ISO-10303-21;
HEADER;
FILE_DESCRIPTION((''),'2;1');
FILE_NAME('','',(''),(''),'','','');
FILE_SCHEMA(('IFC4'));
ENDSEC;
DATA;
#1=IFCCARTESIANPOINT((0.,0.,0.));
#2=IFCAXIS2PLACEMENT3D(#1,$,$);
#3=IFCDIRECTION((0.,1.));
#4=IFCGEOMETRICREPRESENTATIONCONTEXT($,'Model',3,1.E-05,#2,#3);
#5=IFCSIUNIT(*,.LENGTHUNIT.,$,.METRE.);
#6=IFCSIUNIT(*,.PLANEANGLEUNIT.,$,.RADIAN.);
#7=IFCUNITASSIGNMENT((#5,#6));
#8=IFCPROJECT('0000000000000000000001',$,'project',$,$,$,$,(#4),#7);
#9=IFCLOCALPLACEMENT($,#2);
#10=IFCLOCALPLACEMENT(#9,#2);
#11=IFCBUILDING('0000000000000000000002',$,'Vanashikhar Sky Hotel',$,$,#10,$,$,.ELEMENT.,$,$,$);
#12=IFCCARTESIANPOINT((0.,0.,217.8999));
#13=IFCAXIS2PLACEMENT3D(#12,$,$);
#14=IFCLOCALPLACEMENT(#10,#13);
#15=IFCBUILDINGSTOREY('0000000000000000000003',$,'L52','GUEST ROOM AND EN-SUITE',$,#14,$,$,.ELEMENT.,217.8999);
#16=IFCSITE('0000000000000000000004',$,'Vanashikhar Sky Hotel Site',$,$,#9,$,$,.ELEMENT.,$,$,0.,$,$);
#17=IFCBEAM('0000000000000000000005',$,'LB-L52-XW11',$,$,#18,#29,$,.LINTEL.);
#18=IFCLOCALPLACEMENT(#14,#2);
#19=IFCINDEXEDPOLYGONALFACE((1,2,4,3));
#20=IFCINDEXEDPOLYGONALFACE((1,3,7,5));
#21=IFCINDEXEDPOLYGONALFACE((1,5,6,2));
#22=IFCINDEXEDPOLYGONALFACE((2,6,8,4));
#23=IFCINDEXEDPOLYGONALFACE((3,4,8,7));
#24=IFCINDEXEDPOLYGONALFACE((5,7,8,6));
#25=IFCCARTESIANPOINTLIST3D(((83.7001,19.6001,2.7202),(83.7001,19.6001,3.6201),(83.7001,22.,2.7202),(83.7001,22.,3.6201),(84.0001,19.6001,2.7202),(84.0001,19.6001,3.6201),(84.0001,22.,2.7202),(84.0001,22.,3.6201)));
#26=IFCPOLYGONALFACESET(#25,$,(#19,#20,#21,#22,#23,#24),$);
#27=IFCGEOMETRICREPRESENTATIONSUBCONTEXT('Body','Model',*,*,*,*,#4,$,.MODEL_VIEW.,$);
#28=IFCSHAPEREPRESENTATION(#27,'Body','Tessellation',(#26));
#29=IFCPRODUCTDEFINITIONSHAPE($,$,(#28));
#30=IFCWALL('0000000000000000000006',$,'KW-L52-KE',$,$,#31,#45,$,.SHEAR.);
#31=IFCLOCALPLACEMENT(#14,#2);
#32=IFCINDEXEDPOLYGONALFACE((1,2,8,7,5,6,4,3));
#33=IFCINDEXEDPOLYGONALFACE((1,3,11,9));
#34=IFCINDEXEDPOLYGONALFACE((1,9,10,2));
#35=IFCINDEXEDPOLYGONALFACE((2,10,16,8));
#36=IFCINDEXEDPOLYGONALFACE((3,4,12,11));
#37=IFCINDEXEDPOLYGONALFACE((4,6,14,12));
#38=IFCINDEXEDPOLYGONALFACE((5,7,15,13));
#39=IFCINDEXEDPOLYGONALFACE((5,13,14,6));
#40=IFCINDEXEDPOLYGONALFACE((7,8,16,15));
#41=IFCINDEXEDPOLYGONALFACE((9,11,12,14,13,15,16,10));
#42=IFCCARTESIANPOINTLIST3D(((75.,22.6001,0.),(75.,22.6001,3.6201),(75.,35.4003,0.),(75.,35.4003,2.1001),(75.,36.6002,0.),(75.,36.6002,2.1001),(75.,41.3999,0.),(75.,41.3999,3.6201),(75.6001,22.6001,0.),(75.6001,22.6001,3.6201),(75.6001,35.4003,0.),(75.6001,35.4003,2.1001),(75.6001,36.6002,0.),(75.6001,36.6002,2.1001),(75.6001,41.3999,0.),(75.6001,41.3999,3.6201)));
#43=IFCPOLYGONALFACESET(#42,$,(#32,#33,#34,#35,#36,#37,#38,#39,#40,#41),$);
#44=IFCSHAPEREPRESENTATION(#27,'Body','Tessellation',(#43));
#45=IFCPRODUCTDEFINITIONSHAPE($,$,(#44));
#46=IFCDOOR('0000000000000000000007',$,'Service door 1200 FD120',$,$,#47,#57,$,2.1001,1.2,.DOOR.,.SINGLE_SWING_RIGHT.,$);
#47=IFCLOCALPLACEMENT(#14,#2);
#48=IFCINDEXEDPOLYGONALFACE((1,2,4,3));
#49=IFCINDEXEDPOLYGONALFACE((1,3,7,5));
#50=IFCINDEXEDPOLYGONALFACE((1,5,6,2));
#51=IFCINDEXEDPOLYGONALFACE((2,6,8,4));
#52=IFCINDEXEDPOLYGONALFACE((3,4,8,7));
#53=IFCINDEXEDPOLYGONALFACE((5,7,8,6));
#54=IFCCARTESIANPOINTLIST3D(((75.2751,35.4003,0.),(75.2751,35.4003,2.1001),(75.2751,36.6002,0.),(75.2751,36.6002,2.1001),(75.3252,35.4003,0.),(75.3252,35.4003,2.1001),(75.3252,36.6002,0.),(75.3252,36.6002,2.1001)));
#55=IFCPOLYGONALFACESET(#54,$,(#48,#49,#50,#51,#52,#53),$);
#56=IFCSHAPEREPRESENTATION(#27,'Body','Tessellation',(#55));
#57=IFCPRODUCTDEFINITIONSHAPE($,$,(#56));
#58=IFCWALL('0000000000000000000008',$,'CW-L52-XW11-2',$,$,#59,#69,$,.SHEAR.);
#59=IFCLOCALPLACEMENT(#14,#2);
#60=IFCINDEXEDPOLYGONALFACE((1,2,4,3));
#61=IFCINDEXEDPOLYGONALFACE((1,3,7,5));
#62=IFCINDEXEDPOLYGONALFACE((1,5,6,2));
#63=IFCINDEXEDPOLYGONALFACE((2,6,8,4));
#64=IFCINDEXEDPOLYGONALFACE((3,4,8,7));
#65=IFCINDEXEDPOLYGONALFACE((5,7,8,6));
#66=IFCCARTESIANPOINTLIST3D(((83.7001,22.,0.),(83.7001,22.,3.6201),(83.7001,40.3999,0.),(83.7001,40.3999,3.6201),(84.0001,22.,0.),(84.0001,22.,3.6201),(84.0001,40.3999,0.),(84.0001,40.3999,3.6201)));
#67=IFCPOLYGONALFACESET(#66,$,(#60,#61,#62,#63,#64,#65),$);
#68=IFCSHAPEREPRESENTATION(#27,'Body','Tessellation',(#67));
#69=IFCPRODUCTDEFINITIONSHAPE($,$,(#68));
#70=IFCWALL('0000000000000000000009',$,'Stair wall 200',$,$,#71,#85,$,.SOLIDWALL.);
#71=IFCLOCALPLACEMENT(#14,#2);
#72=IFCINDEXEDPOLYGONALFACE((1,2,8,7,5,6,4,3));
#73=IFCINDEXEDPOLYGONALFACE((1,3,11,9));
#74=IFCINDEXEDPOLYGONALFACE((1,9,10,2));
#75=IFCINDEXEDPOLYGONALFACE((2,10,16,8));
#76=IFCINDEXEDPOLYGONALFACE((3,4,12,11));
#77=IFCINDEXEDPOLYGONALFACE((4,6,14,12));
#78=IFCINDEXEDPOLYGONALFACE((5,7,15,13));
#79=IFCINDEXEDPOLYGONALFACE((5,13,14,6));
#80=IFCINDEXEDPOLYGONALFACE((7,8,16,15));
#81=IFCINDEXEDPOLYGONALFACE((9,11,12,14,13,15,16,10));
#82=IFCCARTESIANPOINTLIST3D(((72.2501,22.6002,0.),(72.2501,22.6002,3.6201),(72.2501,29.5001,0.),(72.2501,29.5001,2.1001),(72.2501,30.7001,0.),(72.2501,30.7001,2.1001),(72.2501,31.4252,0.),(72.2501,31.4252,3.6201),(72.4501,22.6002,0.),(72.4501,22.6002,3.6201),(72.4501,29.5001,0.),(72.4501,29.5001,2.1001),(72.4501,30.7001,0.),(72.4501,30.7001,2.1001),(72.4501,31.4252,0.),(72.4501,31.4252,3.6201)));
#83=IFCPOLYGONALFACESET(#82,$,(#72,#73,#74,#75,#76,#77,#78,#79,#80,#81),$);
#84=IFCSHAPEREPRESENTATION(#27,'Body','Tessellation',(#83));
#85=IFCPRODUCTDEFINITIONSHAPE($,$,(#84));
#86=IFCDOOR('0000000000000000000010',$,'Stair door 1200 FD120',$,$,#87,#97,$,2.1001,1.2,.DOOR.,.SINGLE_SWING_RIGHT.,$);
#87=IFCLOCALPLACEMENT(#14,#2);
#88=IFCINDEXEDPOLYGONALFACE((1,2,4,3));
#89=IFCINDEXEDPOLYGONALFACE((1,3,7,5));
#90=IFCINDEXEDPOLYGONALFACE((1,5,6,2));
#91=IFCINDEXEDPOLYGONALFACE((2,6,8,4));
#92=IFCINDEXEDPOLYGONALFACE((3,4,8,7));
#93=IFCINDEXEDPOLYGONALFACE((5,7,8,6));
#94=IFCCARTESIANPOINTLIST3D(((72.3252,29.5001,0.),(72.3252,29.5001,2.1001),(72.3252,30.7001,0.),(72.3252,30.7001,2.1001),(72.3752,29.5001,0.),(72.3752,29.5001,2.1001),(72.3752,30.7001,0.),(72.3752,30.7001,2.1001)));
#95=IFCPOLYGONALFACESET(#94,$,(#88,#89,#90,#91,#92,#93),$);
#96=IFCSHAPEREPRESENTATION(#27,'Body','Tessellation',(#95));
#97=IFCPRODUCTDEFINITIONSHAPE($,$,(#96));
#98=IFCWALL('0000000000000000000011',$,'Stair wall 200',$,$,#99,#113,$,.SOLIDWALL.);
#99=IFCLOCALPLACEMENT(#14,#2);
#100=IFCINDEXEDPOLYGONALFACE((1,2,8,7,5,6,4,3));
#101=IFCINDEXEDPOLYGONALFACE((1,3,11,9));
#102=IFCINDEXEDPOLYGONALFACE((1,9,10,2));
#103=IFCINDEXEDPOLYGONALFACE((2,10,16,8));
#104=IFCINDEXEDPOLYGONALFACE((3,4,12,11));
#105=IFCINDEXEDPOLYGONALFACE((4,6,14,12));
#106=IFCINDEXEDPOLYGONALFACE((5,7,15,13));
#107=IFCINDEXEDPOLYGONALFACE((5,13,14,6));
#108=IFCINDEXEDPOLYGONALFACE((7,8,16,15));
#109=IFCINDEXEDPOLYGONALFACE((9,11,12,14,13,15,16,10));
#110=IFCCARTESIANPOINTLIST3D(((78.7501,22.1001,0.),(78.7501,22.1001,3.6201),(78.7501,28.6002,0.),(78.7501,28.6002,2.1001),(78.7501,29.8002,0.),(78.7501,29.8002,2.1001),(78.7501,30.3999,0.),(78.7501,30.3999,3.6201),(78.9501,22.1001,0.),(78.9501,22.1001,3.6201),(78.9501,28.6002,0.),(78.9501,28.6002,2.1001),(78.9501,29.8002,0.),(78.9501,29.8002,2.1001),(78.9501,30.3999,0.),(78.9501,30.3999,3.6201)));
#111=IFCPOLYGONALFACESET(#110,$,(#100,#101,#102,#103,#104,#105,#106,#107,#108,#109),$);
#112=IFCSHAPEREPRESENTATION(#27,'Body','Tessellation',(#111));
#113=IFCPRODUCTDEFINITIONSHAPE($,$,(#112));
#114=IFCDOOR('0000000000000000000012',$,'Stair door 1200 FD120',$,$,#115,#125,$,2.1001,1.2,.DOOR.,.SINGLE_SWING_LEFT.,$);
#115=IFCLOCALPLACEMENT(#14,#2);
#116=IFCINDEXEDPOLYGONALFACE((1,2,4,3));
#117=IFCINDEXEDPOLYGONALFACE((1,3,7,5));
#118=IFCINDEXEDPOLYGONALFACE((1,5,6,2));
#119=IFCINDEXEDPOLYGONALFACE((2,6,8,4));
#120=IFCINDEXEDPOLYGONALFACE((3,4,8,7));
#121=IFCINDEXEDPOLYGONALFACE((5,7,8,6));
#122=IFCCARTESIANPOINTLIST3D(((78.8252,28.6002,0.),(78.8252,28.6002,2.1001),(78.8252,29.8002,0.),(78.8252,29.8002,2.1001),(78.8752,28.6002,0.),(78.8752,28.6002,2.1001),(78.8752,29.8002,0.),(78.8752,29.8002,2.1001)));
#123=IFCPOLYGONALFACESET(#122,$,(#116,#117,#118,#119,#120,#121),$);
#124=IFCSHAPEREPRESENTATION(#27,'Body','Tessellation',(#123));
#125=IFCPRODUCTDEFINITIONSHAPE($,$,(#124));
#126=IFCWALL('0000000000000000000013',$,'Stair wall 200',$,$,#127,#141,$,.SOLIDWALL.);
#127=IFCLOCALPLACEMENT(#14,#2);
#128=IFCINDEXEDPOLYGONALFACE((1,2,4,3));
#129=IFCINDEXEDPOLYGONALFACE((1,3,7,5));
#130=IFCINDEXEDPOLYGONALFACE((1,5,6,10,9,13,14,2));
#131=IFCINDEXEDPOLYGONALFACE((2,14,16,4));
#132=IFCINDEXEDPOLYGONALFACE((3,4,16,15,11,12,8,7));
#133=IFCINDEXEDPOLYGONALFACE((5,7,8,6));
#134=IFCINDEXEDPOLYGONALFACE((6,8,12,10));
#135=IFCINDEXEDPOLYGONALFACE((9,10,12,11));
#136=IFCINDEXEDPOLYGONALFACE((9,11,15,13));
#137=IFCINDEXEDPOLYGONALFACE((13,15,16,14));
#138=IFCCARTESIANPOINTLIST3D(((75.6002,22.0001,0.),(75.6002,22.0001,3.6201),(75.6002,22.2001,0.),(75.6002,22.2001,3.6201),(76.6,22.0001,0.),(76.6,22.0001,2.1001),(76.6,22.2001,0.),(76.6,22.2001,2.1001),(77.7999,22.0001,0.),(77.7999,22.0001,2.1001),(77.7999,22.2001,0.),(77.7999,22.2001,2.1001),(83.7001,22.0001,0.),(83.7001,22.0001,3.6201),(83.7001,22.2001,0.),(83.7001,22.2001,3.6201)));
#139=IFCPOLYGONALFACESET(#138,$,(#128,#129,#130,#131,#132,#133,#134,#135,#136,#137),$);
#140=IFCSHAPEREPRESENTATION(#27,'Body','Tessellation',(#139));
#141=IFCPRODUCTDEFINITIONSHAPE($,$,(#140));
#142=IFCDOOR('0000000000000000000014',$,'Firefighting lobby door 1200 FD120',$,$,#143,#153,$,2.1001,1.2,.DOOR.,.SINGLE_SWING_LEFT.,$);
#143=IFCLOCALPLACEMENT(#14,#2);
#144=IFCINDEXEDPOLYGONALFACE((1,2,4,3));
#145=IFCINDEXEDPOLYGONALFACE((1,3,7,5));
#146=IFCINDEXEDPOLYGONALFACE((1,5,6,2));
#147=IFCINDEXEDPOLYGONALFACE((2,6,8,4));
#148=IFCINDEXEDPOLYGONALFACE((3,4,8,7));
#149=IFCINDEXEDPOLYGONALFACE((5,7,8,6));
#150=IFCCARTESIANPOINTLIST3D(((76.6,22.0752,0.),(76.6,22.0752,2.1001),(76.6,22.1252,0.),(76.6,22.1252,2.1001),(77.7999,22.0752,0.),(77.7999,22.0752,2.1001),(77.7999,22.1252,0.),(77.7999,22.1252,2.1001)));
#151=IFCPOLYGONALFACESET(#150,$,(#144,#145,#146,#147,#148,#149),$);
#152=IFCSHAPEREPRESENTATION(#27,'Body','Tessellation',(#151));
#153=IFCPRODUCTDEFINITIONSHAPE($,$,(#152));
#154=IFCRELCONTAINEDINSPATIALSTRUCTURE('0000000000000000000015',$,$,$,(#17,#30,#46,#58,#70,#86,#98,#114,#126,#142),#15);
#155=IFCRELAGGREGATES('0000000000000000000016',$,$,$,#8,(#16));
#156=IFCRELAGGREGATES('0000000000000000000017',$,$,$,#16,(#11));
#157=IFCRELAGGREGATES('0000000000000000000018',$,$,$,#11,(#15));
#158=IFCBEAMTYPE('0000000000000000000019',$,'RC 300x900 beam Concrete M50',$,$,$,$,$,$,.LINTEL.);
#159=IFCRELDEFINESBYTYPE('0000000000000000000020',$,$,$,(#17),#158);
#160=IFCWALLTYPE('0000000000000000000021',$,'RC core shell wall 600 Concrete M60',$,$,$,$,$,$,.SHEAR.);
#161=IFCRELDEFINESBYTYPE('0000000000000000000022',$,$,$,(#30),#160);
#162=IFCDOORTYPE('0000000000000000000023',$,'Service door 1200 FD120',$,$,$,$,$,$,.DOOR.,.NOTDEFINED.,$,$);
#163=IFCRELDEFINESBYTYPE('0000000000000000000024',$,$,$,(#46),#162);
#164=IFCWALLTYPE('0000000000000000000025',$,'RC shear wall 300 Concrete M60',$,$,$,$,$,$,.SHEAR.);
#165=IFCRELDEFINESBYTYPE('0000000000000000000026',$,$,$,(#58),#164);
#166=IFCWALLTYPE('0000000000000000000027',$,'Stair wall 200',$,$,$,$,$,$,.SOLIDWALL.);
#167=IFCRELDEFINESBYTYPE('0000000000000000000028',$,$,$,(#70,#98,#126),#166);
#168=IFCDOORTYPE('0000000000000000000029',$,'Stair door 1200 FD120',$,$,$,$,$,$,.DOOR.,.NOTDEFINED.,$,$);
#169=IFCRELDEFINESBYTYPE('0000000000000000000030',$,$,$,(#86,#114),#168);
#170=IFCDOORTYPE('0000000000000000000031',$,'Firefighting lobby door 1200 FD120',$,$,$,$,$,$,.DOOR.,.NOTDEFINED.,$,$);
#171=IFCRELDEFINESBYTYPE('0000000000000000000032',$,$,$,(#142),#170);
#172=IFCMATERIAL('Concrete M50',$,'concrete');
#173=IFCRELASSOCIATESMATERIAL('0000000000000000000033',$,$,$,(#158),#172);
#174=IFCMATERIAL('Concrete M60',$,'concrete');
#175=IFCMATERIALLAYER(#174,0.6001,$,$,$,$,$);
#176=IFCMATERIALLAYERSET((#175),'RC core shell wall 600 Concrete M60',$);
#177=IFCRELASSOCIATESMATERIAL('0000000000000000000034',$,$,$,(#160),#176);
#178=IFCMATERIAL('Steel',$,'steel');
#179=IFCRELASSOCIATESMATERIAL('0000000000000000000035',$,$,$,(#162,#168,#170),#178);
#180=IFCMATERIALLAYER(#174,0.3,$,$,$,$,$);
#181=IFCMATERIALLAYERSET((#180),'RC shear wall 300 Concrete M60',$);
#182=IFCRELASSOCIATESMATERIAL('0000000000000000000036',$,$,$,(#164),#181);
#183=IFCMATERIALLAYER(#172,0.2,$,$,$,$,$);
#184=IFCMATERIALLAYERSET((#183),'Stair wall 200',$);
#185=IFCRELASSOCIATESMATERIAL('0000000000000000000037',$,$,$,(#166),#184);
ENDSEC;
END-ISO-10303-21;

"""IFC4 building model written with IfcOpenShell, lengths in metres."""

from ifc_helpers import new_model, si_unit, direction, frame, frame_2d, origin, origin_2d, place, context, subcontext, project, spatial, rectangle, extrude, source, transform, mapped, material, layer, layer_set, material_profile, profile_set, type_object, element, fill, save


model = new_model("IFC4")

# Units and contexts
model_context = context("Model", 3, precision=1e-05, world=origin(), true_north=direction((0.0, 1.0)))
body_context = subcontext(model_context, "Body", "Model", "MODEL_VIEW")
ifc_project = project(units=[si_unit("LENGTHUNIT", "METRE"), si_unit("PLANEANGLEUNIT", "RADIAN")], contexts=[model_context])

# Site, building, storey
site_placement = place(None, origin())
site = spatial("IfcSite", under=ifc_project, at=site_placement, Name="Vanashikhar Sky Hotel Site", CompositionType="ELEMENT", RefElevation=0.0)
building_placement = place(site_placement, origin())
building = spatial("IfcBuilding", under=site, at=building_placement, Name="Vanashikhar Sky Hotel", CompositionType="ELEMENT")
storey_placement = place(building_placement, frame((0.0, 0.0, 217.8999)))
storey = spatial("IfcBuildingStorey", under=building, at=storey_placement, Name="L52", Description="GUEST ROOM AND EN-SUITE", CompositionType="ELEMENT", Elevation=217.8999)

# Beam
ifc_material_1 = material(Name="Concrete M50", Category="concrete")
ifc_material_profile = material_profile(ifc_material_1, rectangle(XDim=0.3, YDim=0.8999, at=origin_2d()))
ifc_profile_set = profile_set([ifc_material_profile], Name="RC 300x900 beam Concrete M50")
beam_type = type_object("IfcBeamType", Name="RC 300x900 beam Concrete M50", PredefinedType="LINTEL", material=ifc_profile_set)
shared_shape_1 = source(origin(), body_context, "Body", "SweptSolid", [
    extrude(rectangle(XDim=0.3, YDim=0.8999, at=origin_2d()), origin(), (0.0, 0.0, 1.0), 2.3999),
])
beam_placement = place(storey_placement, frame((83.8501, 19.6001, 3.1702), z_axis=(0.0, 1.0, 0.0), x_axis=(-1.0, 0.0, 0.0)))
element("IfcBeam", 1, at=beam_placement, inside=storey, type_object=beam_type, Name="LB-L52-XW11", PredefinedType="LINTEL", context=body_context, shape_type="MappedRepresentation", body=[
    mapped(shared_shape_1, transform((0.0, 0.0, 0.0), scale=1.0)),
])

# Wall, opening, door
ifc_material_2 = material(Name="Concrete M60", Category="concrete")
ifc_layer_1 = layer(ifc_material_2, 0.6001)
ifc_layer_set_1 = layer_set([ifc_layer_1], Name="RC core shell wall 600 Concrete M60")
wall_type_1 = type_object("IfcWallType", Name="RC core shell wall 600 Concrete M60", PredefinedType="SHEAR", material=ifc_layer_set_1)
shared_shape_2 = source(origin(), body_context, "Body", "SweptSolid", [
    extrude(rectangle(XDim=18.7998, YDim=0.6001, at=frame_2d((9.3999, 0.0))), origin(), (0.0, 0.0, 1.0), 3.6201),
])
wall_1_placement = place(storey_placement, frame((75.3, 22.6001, 0.0), z_axis=(0.0, 0.0, 1.0), x_axis=(0.0, 1.0, 0.0)))
wall_1 = element("IfcWall", 2, at=wall_1_placement, inside=storey, type_object=wall_type_1, Name="KW-L52-KE", PredefinedType="SHEAR", context=body_context, shape_type="MappedRepresentation", body=[
    mapped(shared_shape_2, transform((0.0, 0.0, 0.0), scale=1.0)),
])
shared_shape_3 = source(origin(), body_context, "Body", "SweptSolid", [
    extrude(rectangle(XDim=1.2, YDim=2.1001, at=frame_2d((0.6001, 1.05))), frame((0.0, 0.3101, 0.0), z_axis=(0.0, -1.0, 0.0), x_axis=(1.0, 0.0, 0.0)), (0.0, 0.0, 1.0), 0.6201),
])
opening_1_placement = place(wall_1_placement, frame((12.8, 0.0, 0.0)))
opening_1 = element("IfcOpeningElement", 3, at=opening_1_placement, cuts=wall_1, PredefinedType="OPENING", context=body_context, shape_type="MappedRepresentation", body=[
    mapped(shared_shape_3, transform((0.0, 0.0, 0.0), scale=1.0)),
])
ifc_material_3 = material(Name="Steel", Category="steel")
door_type_1 = type_object("IfcDoorType", Name="Service door 1200 FD120", OperationType="NOTDEFINED", PredefinedType="DOOR", material=ifc_material_3)
shared_shape_4 = source(origin(), body_context, "Body", "SweptSolid", [
    extrude(rectangle(XDim=1.2, YDim=2.1001, at=frame_2d((0.6001, 1.05))), frame((0.0, 0.0249, 0.0), z_axis=(0.0, -1.0, 0.0), x_axis=(1.0, 0.0, 0.0)), (0.0, 0.0, 1.0), 0.05),
])
door_1_placement = place(opening_1_placement, origin())
door_1 = element("IfcDoor", 4, at=door_1_placement, inside=storey, type_object=door_type_1, Name="Service door 1200 FD120", OperationType="SINGLE_SWING_RIGHT", OverallHeight=2.1001, OverallWidth=1.2, PredefinedType="DOOR", context=body_context, shape_type="MappedRepresentation", body=[
    mapped(shared_shape_4, transform((0.0, 0.0, 0.0), scale=1.0)),
])
fill(opening_1, door_1)

# Wall
ifc_layer_2 = layer(ifc_material_2, 0.3)
ifc_layer_set_2 = layer_set([ifc_layer_2], Name="RC shear wall 300 Concrete M60")
wall_type_2 = type_object("IfcWallType", Name="RC shear wall 300 Concrete M60", PredefinedType="SHEAR", material=ifc_layer_set_2)
shared_shape_5 = source(origin(), body_context, "Body", "SweptSolid", [
    extrude(rectangle(XDim=18.3999, YDim=0.3, at=frame_2d((9.2, 0.0))), origin(), (0.0, 0.0, 1.0), 3.6201),
])
wall_2_placement = place(storey_placement, frame((83.8501, 22.0, 0.0), z_axis=(0.0, 0.0, 1.0), x_axis=(0.0, 1.0, 0.0)))
element("IfcWall", 5, at=wall_2_placement, inside=storey, type_object=wall_type_2, Name="CW-L52-XW11-2", PredefinedType="SHEAR", context=body_context, shape_type="MappedRepresentation", body=[
    mapped(shared_shape_5, transform((0.0, 0.0, 0.0), scale=1.0)),
])

# Walls, openings, doors
ifc_layer_3 = layer(ifc_material_1, 0.2)
ifc_layer_set_3 = layer_set([ifc_layer_3], Name="Stair wall 200")
wall_type_3 = type_object("IfcWallType", Name="Stair wall 200", PredefinedType="SOLIDWALL", material=ifc_layer_set_3)
shared_shape_6 = source(origin(), body_context, "Body", "SweptSolid", [
    extrude(rectangle(XDim=8.825, YDim=0.2, at=frame_2d((4.4126, 0.0))), origin(), (0.0, 0.0, 1.0), 3.6201),
])
wall_3_placement = place(storey_placement, frame((72.3501, 22.6001, 0.0), z_axis=(0.0, 0.0, 1.0), x_axis=(0.0, 1.0, 0.0)))
wall_3 = element("IfcWall", 6, at=wall_3_placement, inside=storey, type_object=wall_type_3, Name="Stair wall 200", PredefinedType="SOLIDWALL", context=body_context, shape_type="MappedRepresentation", body=[
    mapped(shared_shape_6, transform((0.0, 0.0, 0.0), scale=1.0)),
])
shared_shape_7 = source(origin(), body_context, "Body", "SweptSolid", [
    extrude(rectangle(XDim=1.2, YDim=2.1001, at=frame_2d((0.6001, 1.05))), frame((0.0, 0.1099, 0.0), z_axis=(0.0, -1.0, 0.0), x_axis=(1.0, 0.0, 0.0)), (0.0, 0.0, 1.0), 0.22),
])
opening_2_placement = place(wall_3_placement, frame((6.8999, 0.0, 0.0)))
opening_2 = element("IfcOpeningElement", 7, at=opening_2_placement, cuts=wall_3, PredefinedType="OPENING", context=body_context, shape_type="MappedRepresentation", body=[
    mapped(shared_shape_7, transform((0.0, 0.0, 0.0), scale=1.0)),
])
door_type_2 = type_object("IfcDoorType", Name="Stair door 1200 FD120", OperationType="NOTDEFINED", PredefinedType="DOOR", material=ifc_material_3)
door_2_placement = place(opening_2_placement, origin())
door_2 = element("IfcDoor", 8, at=door_2_placement, inside=storey, type_object=door_type_2, Name="Stair door 1200 FD120", OperationType="SINGLE_SWING_RIGHT", OverallHeight=2.1001, OverallWidth=1.2, PredefinedType="DOOR", context=body_context, shape_type="MappedRepresentation", body=[
    mapped(shared_shape_4, transform((0.0, 0.0, 0.0), scale=1.0)),
])
fill(opening_2, door_2)
shared_shape_8 = source(origin(), body_context, "Body", "SweptSolid", [
    extrude(rectangle(XDim=8.2998, YDim=0.2, at=frame_2d((4.1499, 0.0))), origin(), (0.0, 0.0, 1.0), 3.6201),
])
wall_4_placement = place(storey_placement, frame((78.8501, 22.1001, 0.0), z_axis=(0.0, 0.0, 1.0), x_axis=(0.0, 1.0, 0.0)))
wall_4 = element("IfcWall", 9, at=wall_4_placement, inside=storey, type_object=wall_type_3, Name="Stair wall 200", PredefinedType="SOLIDWALL", context=body_context, shape_type="MappedRepresentation", body=[
    mapped(shared_shape_8, transform((0.0, 0.0, 0.0), scale=1.0)),
])
opening_3_placement = place(wall_4_placement, frame((6.5, 0.0, 0.0)))
opening_3 = element("IfcOpeningElement", 10, at=opening_3_placement, cuts=wall_4, PredefinedType="OPENING", context=body_context, shape_type="MappedRepresentation", body=[
    mapped(shared_shape_7, transform((0.0, 0.0, 0.0), scale=1.0)),
])
door_3_placement = place(opening_3_placement, origin())
door_3 = element("IfcDoor", 11, at=door_3_placement, inside=storey, type_object=door_type_2, Name="Stair door 1200 FD120", OperationType="SINGLE_SWING_LEFT", OverallHeight=2.1001, OverallWidth=1.2, PredefinedType="DOOR", context=body_context, shape_type="MappedRepresentation", body=[
    mapped(shared_shape_4, transform((0.0, 0.0, 0.0), scale=1.0)),
])
fill(opening_3, door_3)
shared_shape_9 = source(origin(), body_context, "Body", "SweptSolid", [
    extrude(rectangle(XDim=8.0999, YDim=0.2, at=frame_2d((4.0498, 0.0))), origin(), (0.0, 0.0, 1.0), 3.6201),
])
wall_5_placement = place(storey_placement, frame((83.7, 22.1001, 0.0), z_axis=(0.0, 0.0, 1.0), x_axis=(-1.0, 0.0, 0.0)))
wall_5 = element("IfcWall", 12, at=wall_5_placement, inside=storey, type_object=wall_type_3, Name="Stair wall 200", PredefinedType="SOLIDWALL", context=body_context, shape_type="MappedRepresentation", body=[
    mapped(shared_shape_9, transform((0.0, 0.0, 0.0), scale=1.0)),
])
opening_4_placement = place(wall_5_placement, frame((5.8999, 0.0, 0.0)))
opening_4 = element("IfcOpeningElement", 13, at=opening_4_placement, cuts=wall_5, PredefinedType="OPENING", context=body_context, shape_type="MappedRepresentation", body=[
    mapped(shared_shape_7, transform((0.0, 0.0, 0.0), scale=1.0)),
])
door_type_3 = type_object("IfcDoorType", Name="Firefighting lobby door 1200 FD120", OperationType="NOTDEFINED", PredefinedType="DOOR", material=ifc_material_3)
door_4_placement = place(opening_4_placement, origin())
door_4 = element("IfcDoor", 14, at=door_4_placement, inside=storey, type_object=door_type_3, Name="Firefighting lobby door 1200 FD120", OperationType="SINGLE_SWING_LEFT", OverallHeight=2.1001, OverallWidth=1.2, PredefinedType="DOOR", context=body_context, shape_type="MappedRepresentation", body=[
    mapped(shared_shape_4, transform((0.0, 0.0, 0.0), scale=1.0)),
])
fill(opening_4, door_4)

save(model, "model.ifc")
